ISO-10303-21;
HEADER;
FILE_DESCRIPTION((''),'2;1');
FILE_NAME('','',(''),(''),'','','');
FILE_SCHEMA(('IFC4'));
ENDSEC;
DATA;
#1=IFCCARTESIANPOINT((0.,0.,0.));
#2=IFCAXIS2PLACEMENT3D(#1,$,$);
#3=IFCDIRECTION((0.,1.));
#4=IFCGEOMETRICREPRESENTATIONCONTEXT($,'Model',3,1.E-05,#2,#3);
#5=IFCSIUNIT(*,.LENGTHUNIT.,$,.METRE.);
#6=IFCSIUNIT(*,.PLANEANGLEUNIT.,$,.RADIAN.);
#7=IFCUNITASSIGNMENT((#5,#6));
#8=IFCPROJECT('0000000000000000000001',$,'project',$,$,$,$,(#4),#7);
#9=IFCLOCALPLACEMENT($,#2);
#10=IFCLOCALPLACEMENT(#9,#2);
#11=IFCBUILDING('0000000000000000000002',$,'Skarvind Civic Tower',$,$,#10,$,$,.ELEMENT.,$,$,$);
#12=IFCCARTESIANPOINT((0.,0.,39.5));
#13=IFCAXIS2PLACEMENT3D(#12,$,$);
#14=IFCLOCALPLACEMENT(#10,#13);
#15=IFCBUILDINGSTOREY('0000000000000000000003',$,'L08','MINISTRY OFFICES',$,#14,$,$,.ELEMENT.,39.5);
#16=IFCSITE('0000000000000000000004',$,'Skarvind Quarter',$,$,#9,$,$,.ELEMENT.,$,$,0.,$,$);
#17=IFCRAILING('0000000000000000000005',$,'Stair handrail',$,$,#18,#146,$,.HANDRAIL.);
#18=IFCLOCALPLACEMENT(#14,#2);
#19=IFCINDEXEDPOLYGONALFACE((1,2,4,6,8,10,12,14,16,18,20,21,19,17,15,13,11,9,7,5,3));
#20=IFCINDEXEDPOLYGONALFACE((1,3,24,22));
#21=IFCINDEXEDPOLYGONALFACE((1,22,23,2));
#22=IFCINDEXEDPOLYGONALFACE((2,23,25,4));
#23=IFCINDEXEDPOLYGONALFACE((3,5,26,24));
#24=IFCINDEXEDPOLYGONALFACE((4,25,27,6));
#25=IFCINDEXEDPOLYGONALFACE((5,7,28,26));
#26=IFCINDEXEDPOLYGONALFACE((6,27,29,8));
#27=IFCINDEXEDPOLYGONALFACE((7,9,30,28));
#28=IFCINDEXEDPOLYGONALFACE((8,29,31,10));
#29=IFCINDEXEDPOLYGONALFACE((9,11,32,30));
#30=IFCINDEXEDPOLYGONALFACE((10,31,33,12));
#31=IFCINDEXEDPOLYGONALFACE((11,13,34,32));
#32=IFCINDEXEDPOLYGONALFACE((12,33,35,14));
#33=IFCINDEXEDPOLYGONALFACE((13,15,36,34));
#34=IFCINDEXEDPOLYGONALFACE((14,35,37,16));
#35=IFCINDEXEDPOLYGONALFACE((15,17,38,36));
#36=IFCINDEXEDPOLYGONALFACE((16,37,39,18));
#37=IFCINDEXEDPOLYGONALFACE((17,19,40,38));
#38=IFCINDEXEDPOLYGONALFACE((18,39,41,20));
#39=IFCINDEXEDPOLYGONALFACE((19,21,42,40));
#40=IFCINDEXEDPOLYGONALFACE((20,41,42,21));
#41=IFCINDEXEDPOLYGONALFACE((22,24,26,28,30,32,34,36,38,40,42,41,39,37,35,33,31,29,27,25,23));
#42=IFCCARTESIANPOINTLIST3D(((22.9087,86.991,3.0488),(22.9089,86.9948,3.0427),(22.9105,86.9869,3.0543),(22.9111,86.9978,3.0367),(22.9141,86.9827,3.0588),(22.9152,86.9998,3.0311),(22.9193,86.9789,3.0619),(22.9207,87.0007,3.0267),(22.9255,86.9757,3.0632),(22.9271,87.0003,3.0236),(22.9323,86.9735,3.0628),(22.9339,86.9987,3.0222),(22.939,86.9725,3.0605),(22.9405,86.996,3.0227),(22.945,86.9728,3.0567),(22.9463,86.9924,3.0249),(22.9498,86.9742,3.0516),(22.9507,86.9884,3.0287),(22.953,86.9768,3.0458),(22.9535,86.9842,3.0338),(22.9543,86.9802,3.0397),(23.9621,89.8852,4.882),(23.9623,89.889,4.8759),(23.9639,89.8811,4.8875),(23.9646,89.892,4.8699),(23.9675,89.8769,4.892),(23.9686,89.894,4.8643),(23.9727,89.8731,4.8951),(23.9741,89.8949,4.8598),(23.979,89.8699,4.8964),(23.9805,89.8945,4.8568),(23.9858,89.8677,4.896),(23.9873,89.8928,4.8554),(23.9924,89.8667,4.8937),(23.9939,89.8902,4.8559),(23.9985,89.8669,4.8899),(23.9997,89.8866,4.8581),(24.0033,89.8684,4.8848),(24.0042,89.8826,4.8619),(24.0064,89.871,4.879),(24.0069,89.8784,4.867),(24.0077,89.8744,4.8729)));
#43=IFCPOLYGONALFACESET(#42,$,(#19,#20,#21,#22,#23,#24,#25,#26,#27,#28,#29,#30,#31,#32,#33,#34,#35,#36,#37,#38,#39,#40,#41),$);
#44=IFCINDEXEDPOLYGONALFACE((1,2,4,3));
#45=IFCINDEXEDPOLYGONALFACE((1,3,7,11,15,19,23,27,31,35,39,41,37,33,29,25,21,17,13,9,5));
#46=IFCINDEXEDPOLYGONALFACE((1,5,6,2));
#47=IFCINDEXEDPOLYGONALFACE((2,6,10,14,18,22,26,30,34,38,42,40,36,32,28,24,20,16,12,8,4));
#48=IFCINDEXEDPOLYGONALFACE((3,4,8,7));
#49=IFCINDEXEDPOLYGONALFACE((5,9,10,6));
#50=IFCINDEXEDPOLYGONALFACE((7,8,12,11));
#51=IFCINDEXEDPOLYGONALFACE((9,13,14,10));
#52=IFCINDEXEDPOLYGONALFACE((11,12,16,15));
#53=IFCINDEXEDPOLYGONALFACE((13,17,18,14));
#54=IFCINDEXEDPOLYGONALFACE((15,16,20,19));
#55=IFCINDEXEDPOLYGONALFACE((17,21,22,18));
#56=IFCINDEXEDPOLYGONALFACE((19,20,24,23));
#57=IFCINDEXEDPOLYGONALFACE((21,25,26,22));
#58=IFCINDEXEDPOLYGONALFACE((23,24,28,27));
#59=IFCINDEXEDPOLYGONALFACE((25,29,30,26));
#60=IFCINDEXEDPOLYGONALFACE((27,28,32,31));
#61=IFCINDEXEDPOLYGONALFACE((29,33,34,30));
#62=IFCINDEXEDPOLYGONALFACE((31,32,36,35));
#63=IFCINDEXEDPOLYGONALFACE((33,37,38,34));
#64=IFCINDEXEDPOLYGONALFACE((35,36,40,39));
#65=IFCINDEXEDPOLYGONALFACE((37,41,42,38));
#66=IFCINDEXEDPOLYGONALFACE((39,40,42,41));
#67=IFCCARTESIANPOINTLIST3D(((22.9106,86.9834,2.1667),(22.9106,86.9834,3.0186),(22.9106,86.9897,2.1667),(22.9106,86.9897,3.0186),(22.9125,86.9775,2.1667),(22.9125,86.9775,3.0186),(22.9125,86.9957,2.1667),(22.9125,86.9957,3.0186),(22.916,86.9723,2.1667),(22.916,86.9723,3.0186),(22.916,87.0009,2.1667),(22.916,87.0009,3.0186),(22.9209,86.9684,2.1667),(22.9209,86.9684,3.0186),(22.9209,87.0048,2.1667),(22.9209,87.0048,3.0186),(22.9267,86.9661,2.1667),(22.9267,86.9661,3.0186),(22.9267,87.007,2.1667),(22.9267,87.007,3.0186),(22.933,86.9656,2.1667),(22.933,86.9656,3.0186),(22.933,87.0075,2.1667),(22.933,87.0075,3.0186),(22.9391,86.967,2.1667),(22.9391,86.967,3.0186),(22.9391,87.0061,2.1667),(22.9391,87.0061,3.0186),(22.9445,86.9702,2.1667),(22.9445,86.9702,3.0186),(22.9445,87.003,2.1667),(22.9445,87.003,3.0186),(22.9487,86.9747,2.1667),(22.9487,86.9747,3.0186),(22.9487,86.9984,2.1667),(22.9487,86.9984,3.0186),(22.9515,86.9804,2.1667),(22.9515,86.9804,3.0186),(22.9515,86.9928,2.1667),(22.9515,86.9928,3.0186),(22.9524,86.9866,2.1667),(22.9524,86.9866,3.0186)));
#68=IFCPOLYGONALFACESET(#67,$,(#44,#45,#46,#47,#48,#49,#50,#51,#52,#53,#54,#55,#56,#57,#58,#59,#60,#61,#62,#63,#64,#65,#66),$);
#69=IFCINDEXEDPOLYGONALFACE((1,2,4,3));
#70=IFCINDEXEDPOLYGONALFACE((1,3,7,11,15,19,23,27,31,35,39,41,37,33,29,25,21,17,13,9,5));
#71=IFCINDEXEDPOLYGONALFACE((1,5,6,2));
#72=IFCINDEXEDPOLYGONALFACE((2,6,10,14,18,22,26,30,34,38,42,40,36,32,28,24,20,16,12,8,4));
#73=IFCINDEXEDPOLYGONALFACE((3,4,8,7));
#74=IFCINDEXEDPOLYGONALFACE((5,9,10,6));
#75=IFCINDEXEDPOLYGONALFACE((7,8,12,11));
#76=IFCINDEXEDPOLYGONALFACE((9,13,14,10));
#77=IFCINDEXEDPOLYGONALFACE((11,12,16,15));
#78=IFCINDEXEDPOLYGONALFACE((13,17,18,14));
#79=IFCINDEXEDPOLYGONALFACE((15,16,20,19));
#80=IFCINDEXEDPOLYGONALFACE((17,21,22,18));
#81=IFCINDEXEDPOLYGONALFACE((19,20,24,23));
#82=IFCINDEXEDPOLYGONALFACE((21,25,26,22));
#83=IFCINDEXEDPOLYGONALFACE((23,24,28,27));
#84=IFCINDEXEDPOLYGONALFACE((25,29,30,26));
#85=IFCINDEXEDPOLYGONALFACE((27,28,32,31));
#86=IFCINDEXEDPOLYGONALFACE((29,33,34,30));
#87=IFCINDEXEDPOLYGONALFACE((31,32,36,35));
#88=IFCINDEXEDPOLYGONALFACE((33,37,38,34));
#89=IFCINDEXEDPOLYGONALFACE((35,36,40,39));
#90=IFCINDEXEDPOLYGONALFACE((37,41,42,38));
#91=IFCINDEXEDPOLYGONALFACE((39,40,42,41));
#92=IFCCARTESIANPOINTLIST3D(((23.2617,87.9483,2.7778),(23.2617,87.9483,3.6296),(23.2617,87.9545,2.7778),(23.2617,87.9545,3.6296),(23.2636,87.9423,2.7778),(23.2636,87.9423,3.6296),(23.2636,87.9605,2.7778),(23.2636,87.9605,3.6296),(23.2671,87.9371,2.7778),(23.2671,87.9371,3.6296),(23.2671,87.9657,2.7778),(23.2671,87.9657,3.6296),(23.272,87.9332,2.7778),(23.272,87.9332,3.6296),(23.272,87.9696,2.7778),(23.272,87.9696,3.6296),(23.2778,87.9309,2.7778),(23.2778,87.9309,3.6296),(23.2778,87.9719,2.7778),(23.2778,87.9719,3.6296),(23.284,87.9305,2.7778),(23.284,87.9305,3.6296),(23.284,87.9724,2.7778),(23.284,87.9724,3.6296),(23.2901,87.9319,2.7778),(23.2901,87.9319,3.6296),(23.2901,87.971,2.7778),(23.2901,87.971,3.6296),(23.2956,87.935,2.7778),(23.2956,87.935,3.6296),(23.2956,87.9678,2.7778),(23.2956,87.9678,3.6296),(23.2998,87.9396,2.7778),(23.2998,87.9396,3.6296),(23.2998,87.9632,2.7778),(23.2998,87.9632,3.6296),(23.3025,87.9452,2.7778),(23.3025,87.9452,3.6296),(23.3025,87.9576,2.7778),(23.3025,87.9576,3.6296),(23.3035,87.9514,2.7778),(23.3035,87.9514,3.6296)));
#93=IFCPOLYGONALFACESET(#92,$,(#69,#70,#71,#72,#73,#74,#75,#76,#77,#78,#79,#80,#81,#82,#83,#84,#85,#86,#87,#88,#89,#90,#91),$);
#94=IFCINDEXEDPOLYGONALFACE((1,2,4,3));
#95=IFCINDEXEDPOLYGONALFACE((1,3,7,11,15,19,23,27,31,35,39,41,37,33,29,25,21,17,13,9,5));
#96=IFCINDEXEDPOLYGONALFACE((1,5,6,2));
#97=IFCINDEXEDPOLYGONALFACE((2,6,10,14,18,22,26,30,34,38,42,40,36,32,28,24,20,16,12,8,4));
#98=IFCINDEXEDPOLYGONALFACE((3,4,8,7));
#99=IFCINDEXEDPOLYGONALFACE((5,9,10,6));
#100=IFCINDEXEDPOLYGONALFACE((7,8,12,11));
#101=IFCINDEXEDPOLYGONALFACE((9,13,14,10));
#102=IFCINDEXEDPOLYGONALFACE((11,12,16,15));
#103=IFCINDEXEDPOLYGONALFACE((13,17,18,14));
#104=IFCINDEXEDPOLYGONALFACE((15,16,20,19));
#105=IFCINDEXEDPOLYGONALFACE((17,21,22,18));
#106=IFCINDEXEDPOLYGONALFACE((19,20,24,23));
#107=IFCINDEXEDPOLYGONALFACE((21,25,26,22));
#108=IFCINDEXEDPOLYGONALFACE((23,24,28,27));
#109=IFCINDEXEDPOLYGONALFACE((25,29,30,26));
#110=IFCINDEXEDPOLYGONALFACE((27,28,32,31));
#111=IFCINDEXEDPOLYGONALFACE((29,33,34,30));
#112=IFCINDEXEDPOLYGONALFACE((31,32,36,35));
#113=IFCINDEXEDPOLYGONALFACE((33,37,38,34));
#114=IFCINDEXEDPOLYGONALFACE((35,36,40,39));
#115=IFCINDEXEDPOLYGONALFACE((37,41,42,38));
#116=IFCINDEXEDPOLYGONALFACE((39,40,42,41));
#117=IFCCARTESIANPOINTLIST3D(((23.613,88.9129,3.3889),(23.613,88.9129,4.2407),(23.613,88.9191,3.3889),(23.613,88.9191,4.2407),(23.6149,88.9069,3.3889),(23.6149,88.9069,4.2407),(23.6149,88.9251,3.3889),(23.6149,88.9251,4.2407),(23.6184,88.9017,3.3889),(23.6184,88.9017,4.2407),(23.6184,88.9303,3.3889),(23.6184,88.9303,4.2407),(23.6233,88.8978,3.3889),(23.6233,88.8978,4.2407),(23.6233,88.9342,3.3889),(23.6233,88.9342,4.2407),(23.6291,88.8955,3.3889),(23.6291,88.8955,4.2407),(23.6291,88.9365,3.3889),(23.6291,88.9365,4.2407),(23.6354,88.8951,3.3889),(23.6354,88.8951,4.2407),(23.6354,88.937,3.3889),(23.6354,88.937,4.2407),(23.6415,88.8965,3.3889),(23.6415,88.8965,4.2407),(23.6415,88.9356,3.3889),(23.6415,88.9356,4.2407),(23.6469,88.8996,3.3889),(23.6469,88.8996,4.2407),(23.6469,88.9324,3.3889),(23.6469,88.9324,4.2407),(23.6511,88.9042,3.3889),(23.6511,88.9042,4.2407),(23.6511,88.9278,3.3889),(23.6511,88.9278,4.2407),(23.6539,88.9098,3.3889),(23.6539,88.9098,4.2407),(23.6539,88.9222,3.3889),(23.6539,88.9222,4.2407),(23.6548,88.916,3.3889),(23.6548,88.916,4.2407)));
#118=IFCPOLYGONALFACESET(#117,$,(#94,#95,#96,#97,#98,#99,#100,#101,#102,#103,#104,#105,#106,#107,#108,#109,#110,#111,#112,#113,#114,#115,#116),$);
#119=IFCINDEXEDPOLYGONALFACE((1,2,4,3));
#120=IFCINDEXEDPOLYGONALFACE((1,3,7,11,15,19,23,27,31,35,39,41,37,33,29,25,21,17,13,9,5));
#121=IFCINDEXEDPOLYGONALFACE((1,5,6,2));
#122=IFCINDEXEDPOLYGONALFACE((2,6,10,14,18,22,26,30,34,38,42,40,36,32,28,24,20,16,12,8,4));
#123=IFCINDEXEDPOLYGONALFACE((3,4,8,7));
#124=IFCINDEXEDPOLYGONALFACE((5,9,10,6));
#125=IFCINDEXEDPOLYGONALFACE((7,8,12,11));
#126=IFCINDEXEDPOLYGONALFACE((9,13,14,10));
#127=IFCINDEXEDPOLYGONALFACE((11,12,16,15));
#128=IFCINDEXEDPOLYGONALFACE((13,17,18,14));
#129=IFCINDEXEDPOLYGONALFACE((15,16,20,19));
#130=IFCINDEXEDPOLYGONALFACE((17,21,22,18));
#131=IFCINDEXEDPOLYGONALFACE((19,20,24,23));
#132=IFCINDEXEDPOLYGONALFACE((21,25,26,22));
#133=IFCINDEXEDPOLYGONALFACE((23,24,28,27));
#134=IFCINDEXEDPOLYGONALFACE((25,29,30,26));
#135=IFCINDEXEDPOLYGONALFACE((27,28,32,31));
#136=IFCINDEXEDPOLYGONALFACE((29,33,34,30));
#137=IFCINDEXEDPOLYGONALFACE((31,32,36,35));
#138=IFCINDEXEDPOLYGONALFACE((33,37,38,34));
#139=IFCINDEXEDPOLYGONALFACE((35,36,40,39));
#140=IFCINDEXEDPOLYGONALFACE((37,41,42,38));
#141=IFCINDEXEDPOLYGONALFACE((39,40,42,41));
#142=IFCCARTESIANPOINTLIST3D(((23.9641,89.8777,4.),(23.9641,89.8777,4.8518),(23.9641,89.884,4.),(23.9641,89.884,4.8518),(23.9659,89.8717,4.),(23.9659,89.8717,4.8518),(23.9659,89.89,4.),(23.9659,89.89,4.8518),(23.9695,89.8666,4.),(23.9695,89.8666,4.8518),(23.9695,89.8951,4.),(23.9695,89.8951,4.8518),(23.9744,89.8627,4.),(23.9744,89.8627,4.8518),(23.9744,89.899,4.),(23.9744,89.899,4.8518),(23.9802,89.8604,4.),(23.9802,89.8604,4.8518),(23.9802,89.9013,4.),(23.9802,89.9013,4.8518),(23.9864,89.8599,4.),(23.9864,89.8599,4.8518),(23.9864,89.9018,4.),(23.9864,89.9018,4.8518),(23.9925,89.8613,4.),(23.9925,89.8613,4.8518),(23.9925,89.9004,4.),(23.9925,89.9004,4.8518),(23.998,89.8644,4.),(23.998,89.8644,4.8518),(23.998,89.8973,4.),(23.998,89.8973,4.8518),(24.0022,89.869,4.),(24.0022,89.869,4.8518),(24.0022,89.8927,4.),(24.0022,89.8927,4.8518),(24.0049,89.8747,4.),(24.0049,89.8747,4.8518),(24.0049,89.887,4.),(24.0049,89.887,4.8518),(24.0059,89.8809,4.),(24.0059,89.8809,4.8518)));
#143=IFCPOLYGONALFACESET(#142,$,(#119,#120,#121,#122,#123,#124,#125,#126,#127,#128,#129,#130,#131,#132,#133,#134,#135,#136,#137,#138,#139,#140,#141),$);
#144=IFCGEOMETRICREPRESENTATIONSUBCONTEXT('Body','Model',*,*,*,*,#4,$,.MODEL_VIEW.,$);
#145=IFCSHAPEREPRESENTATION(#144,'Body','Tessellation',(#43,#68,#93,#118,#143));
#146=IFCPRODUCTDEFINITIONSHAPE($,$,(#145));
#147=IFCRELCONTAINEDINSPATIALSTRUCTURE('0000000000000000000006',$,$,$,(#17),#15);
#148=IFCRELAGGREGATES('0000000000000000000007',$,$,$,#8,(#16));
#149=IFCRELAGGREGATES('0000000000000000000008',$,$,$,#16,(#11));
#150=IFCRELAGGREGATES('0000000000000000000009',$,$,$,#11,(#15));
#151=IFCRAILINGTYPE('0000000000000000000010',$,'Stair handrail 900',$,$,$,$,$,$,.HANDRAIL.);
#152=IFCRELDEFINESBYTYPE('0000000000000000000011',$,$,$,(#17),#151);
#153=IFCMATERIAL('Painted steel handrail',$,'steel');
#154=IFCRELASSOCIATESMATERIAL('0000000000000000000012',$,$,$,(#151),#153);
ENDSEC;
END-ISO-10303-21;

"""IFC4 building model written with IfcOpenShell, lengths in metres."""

from ifc_helpers import new_model, si_unit, direction, frame, origin, origin_2d, place, context, subcontext, project, spatial, circle, extrude, material, type_object, element, save


model = new_model("IFC4")

# Units and contexts
model_context = context("Model", 3, precision=1e-05, world=origin(), true_north=direction((0.0, 1.0)))
body_context = subcontext(model_context, "Body", "Model", "MODEL_VIEW")
ifc_project = project(units=[si_unit("LENGTHUNIT", "METRE"), si_unit("PLANEANGLEUNIT", "RADIAN")], contexts=[model_context])

# Site, building, storey
site_placement = place(None, origin())
site = spatial("IfcSite", under=ifc_project, at=site_placement, Name="Skarvind Quarter", CompositionType="ELEMENT", RefElevation=0.0)
building_placement = place(site_placement, origin())
building = spatial("IfcBuilding", under=site, at=building_placement, Name="Skarvind Civic Tower", CompositionType="ELEMENT")
storey_placement = place(building_placement, frame((0.0, 0.0, 39.5)))
storey = spatial("IfcBuildingStorey", under=building, at=storey_placement, Name="L08", Description="MINISTRY OFFICES", CompositionType="ELEMENT", Elevation=39.5)

# Railing
ifc_material_1 = material(Name="Painted steel handrail", Category="steel")
railing_type = type_object("IfcRailingType", Name="Stair handrail 900", PredefinedType="HANDRAIL", material=ifc_material_1)
railing_1_placement = place(storey_placement, frame((22.9314, 86.9866, 2.1667)))
element("IfcRailing", 1, at=railing_1_placement, inside=storey, type_object=railing_type, Name="Stair handrail", PredefinedType="HANDRAIL", context=body_context, shape_type="SweptSolid", body=[
    extrude(circle(Radius=0.0239, at=origin_2d()), frame((0.0, 0.0, 0.876), z_axis=(0.293908, 0.807481, 0.511461), x_axis=(-0.939689, 0.342029, 0.0)), (0.0, 0.0, 1.0), 3.5842),
    extrude(circle(Radius=0.021, at=origin_2d()), origin(), (0.0, 0.0, 1.0), 0.8518),
    extrude(circle(Radius=0.021, at=origin_2d()), frame((0.3511, 0.9648, 0.6111)), (0.0, 0.0, 1.0), 0.8518),
    extrude(circle(Radius=0.021, at=origin_2d()), frame((0.7024, 1.9294, 1.2222)), (0.0, 0.0, 1.0), 0.8518),
    extrude(circle(Radius=0.021, at=origin_2d()), frame((1.0535, 2.8943, 1.8333)), (0.0, 0.0, 1.0), 0.8518),
])

save(model, "model.ifc")
